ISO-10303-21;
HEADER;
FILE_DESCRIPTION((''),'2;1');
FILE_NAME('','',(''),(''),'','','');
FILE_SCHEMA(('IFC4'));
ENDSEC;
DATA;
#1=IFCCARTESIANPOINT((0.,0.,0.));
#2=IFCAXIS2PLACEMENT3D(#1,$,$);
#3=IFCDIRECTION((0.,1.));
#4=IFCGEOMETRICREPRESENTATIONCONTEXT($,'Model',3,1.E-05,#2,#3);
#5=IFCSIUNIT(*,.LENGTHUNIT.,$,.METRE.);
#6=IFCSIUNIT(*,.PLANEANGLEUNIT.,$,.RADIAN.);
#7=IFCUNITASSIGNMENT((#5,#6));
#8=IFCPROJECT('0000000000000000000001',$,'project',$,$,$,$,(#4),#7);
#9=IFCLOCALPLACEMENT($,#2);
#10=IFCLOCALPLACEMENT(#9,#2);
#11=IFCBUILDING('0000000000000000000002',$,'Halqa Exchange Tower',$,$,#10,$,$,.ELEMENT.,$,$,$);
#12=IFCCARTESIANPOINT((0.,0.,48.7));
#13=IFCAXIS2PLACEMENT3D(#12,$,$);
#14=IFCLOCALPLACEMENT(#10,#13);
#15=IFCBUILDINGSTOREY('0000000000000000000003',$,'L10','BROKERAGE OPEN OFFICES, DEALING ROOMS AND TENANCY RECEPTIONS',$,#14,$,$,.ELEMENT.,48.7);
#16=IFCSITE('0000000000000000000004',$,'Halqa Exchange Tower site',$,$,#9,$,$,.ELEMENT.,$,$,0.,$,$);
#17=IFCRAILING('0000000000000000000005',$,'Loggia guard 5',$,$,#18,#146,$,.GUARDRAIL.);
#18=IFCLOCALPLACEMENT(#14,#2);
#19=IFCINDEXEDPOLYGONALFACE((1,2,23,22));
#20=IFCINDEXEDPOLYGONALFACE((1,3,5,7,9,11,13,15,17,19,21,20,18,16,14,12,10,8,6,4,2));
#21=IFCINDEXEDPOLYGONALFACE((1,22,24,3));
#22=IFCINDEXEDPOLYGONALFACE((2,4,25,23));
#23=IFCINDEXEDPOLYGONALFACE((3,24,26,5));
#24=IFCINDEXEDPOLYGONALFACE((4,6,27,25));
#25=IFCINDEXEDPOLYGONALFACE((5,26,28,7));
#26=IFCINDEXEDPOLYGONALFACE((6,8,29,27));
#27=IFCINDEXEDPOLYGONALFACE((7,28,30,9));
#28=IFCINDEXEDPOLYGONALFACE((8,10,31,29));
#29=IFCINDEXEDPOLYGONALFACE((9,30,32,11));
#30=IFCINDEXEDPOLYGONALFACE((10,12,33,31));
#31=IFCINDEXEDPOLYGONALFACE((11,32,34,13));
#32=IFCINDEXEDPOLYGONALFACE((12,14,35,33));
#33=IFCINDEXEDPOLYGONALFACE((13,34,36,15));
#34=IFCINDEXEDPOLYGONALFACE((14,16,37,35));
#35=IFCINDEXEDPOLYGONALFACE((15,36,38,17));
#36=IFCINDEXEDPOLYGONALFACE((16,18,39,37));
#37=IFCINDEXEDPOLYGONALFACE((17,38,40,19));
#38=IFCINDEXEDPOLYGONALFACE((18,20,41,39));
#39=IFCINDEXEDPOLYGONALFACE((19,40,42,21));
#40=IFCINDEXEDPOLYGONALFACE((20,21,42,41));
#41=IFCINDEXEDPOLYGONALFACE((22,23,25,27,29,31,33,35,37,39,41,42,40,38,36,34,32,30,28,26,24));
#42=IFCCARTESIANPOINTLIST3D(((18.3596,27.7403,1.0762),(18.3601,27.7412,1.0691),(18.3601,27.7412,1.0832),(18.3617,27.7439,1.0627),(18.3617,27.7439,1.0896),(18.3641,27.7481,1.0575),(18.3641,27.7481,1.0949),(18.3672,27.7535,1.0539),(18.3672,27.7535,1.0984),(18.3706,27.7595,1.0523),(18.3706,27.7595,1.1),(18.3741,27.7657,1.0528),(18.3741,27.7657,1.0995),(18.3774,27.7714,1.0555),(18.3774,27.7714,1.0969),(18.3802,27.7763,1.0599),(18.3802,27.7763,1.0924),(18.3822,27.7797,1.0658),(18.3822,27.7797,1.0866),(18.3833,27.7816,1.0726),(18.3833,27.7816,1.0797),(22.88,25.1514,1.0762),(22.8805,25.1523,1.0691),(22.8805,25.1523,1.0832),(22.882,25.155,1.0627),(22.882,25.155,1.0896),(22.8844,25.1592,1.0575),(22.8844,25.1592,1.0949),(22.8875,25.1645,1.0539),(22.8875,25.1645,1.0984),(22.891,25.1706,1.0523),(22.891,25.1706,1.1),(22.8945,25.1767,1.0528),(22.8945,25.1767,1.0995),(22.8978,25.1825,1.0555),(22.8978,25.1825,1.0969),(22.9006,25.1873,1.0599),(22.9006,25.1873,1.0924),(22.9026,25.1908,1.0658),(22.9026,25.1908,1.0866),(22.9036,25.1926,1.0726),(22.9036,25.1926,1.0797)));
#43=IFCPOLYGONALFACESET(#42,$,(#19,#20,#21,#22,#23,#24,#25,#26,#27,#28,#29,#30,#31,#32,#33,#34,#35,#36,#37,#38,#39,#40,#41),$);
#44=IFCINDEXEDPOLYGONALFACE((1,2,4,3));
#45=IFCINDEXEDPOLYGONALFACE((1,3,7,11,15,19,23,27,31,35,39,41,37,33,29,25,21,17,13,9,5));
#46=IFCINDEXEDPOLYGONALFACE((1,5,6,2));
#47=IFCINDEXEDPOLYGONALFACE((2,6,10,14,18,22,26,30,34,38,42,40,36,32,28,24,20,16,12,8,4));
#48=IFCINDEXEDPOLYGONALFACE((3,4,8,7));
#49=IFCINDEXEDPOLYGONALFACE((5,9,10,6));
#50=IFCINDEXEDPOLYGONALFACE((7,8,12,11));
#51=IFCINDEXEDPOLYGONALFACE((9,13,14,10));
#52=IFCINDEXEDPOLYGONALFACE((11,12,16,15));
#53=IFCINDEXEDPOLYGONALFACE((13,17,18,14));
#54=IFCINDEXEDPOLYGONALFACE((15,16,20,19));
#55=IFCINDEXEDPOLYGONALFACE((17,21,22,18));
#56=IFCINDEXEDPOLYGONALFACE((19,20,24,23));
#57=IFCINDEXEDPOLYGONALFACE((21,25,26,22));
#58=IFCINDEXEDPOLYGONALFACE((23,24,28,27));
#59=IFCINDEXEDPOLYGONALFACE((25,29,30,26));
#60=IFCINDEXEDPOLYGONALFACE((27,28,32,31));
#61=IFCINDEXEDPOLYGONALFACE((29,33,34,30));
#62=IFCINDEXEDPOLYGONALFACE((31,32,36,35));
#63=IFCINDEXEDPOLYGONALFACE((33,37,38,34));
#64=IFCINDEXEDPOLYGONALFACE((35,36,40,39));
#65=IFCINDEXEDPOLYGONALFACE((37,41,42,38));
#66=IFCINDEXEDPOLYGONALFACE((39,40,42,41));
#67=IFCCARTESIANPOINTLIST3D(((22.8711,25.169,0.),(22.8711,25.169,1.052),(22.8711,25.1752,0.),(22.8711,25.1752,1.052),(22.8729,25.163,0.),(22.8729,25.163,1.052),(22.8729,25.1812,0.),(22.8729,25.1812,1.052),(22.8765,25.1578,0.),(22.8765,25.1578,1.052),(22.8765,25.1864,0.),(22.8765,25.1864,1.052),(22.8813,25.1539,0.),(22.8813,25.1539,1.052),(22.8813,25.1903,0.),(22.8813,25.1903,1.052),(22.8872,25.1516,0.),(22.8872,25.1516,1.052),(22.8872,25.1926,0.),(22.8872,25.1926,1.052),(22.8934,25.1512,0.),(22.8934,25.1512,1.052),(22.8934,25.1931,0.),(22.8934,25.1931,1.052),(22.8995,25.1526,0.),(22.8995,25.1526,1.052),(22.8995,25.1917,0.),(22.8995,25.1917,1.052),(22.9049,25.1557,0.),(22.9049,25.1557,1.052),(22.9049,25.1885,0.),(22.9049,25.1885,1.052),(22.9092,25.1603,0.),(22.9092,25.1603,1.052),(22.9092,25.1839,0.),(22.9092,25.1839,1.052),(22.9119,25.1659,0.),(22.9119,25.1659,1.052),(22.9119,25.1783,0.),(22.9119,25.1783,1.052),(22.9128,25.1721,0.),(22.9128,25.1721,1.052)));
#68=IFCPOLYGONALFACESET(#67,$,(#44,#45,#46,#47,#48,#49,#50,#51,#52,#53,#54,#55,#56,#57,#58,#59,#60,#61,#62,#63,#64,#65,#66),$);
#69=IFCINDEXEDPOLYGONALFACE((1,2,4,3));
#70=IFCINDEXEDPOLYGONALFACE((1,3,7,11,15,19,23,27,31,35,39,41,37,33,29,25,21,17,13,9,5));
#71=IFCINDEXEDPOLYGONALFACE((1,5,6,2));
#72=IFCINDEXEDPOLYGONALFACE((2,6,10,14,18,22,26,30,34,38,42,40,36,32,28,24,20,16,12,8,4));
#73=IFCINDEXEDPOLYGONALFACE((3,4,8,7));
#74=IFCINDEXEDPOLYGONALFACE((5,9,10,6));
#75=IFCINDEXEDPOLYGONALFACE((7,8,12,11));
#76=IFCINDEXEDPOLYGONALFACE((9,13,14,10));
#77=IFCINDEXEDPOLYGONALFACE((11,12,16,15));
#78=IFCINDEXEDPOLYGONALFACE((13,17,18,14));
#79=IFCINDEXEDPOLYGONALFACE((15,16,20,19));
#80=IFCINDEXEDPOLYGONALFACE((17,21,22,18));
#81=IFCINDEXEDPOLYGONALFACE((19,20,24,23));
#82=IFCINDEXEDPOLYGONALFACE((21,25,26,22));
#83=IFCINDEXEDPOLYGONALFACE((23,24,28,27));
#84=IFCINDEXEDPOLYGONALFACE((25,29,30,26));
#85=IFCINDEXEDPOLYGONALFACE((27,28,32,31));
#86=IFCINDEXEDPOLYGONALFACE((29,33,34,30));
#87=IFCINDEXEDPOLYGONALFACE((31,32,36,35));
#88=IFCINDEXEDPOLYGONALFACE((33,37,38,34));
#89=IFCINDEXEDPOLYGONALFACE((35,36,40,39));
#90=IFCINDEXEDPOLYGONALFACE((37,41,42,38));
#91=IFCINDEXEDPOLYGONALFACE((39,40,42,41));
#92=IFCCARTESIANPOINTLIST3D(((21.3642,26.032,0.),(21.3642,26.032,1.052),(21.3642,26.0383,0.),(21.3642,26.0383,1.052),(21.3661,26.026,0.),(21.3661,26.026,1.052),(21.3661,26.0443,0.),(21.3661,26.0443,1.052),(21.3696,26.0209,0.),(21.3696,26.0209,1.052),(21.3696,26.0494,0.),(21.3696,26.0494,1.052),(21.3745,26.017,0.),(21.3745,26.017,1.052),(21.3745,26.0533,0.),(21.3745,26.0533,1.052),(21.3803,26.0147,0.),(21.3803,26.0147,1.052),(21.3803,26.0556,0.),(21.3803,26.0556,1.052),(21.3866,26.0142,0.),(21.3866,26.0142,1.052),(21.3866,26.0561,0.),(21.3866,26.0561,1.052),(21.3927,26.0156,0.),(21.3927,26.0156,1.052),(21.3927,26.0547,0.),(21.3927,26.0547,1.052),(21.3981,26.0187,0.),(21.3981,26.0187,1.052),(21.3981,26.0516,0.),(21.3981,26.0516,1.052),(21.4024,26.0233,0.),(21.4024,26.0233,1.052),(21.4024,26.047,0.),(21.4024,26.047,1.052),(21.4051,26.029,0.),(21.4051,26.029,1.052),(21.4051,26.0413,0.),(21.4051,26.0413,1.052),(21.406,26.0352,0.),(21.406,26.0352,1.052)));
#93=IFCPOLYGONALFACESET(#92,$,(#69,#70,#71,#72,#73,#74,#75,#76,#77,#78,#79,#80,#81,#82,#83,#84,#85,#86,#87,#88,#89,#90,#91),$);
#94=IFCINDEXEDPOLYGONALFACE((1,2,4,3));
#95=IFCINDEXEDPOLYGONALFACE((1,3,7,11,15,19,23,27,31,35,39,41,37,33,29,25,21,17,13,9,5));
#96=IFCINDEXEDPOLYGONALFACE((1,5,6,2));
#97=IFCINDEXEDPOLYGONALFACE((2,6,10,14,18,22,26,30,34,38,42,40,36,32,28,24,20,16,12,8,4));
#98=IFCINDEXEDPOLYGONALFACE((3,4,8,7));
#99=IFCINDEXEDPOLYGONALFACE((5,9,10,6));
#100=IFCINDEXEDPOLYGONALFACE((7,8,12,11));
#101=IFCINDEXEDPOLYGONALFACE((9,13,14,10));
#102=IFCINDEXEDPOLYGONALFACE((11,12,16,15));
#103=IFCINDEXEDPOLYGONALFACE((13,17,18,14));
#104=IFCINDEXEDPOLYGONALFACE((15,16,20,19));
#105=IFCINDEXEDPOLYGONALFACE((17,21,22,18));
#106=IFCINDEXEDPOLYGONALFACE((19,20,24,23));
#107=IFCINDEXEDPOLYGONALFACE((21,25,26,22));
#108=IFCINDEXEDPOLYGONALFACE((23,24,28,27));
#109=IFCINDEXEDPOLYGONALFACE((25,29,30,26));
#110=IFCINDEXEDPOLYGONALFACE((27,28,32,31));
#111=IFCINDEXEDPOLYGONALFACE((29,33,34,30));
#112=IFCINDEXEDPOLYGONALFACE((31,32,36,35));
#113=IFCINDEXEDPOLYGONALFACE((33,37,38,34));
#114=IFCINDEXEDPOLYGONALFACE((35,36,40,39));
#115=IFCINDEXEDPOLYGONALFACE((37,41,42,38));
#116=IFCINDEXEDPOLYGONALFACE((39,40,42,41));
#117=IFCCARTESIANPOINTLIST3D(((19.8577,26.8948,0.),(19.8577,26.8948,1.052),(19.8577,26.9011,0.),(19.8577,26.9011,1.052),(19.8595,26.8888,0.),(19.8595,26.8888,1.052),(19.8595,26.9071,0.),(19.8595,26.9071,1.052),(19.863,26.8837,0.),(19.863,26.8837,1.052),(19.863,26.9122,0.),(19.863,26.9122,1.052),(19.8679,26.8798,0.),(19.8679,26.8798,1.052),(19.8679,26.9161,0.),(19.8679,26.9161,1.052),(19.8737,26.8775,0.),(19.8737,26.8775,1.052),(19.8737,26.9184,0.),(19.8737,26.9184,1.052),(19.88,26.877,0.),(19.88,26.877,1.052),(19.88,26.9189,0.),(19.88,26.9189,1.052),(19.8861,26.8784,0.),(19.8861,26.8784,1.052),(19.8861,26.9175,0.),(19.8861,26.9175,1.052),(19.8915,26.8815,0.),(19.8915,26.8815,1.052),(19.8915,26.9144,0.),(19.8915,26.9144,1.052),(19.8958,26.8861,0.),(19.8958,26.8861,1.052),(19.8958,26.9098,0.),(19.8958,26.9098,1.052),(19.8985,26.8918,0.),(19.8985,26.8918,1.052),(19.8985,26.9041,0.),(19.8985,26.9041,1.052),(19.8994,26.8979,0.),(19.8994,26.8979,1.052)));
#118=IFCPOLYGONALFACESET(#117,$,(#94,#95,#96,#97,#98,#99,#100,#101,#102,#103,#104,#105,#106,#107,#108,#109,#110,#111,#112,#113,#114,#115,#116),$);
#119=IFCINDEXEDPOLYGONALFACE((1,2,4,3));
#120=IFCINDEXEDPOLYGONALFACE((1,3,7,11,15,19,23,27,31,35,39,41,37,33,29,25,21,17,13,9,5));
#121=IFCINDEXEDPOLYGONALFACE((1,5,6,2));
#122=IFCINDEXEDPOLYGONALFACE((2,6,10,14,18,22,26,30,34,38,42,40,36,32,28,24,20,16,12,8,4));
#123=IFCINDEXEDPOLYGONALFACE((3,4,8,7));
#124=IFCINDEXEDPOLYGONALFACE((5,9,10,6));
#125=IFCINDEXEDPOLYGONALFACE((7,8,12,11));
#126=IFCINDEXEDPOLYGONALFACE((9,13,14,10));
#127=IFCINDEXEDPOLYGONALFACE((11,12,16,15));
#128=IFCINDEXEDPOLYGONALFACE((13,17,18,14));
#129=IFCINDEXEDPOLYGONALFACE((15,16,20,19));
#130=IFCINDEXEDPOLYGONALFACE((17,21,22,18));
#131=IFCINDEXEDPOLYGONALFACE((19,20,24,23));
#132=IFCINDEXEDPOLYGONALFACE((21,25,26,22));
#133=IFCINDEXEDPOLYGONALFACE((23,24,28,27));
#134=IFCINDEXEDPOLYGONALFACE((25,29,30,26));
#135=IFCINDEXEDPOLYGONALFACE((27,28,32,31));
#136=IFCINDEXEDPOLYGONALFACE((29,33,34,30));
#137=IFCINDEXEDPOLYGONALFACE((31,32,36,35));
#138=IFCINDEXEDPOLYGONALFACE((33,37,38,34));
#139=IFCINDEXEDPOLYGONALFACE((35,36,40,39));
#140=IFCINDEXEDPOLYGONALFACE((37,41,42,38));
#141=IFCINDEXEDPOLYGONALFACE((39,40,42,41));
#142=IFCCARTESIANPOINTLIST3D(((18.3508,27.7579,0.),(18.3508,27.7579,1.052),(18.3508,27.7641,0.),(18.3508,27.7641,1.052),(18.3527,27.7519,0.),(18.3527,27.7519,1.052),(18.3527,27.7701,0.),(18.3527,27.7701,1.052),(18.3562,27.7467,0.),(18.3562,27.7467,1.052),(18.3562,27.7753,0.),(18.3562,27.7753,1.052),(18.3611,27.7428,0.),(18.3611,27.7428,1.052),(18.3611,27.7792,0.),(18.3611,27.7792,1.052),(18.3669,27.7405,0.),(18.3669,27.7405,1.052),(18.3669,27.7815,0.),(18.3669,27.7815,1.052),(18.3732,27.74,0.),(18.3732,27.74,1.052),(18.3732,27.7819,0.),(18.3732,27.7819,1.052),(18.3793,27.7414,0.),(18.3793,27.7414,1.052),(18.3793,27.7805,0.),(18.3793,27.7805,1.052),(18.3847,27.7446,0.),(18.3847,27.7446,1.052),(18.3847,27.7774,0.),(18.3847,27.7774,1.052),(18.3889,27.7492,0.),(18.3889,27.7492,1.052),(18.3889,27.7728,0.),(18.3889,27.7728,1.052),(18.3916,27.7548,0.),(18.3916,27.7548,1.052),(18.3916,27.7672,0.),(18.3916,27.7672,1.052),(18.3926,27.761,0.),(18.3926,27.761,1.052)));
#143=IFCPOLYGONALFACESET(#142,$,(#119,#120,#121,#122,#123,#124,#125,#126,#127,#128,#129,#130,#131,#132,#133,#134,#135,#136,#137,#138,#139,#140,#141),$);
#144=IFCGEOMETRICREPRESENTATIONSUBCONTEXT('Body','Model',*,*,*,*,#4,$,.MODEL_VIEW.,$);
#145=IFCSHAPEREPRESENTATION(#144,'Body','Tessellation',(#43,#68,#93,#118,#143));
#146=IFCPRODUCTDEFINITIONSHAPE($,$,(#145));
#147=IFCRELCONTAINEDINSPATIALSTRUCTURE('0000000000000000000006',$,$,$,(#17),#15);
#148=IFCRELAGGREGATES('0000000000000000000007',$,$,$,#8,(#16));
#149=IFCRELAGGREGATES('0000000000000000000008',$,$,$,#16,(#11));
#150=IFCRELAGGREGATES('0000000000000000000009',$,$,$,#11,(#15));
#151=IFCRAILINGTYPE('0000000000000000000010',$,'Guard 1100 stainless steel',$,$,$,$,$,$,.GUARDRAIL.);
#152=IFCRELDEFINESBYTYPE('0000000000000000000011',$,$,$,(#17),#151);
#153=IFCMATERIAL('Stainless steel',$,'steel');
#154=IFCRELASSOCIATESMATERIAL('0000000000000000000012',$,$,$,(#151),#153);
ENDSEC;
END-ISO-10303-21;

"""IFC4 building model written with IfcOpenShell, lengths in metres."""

from ifc_helpers import new_model, si_unit, direction, frame, origin, origin_2d, place, context, subcontext, project, spatial, circle, extrude, material, type_object, element, save


model = new_model("IFC4")

# Units and contexts
model_context = context("Model", 3, precision=1e-05, world=origin(), true_north=direction((0.0, 1.0)))
body_context = subcontext(model_context, "Body", "Model", "MODEL_VIEW")
ifc_project = project(units=[si_unit("LENGTHUNIT", "METRE"), si_unit("PLANEANGLEUNIT", "RADIAN")], contexts=[model_context])

# Site, building, storey
site_placement = place(None, origin())
site = spatial("IfcSite", under=ifc_project, at=site_placement, Name="Halqa Exchange Tower site", CompositionType="ELEMENT", RefElevation=0.0)
building_placement = place(site_placement, origin())
building = spatial("IfcBuilding", under=site, at=building_placement, Name="Halqa Exchange Tower", CompositionType="ELEMENT")
storey_placement = place(building_placement, frame((0.0, 0.0, 48.7)))
storey = spatial("IfcBuildingStorey", under=building, at=storey_placement, Name="L10", Description="BROKERAGE OPEN OFFICES, DEALING ROOMS AND TENANCY RECEPTIONS", CompositionType="ELEMENT", Elevation=48.7)

# Railing
ifc_material_1 = material(Name="Stainless steel", Category="steel")
railing_type = type_object("IfcRailingType", Name="Guard 1100 stainless steel", PredefinedType="GUARDRAIL", material=ifc_material_1)
railing_1_placement = place(storey_placement, frame((22.8918, 25.1721, 0.0)))
element("IfcRailing", 1, at=railing_1_placement, inside=storey, type_object=railing_type, Name="Loggia guard 5", PredefinedType="GUARDRAIL", context=body_context, shape_type="SweptSolid", body=[
    extrude(circle(Radius=0.0239, at=origin_2d()), frame((0.0, 0.0, 1.0762), z_axis=(-0.867758, 0.496987, 0.0), x_axis=(-0.496987, -0.867758, 0.0)), (0.0, 0.0, 1.0), 5.2092),
    extrude(circle(Radius=0.021, at=origin_2d()), origin(), (0.0, 0.0, 1.0), 1.052),
    extrude(circle(Radius=0.021, at=origin_2d()), frame((-1.5068, 0.863, 0.0)), (0.0, 0.0, 1.0), 1.052),
    extrude(circle(Radius=0.021, at=origin_2d()), frame((-3.0134, 1.7258, 0.0)), (0.0, 0.0, 1.0), 1.052),
    extrude(circle(Radius=0.021, at=origin_2d()), frame((-4.5203, 2.5889, 0.0)), (0.0, 0.0, 1.0), 1.052),
])

save(model, "model.ifc")
